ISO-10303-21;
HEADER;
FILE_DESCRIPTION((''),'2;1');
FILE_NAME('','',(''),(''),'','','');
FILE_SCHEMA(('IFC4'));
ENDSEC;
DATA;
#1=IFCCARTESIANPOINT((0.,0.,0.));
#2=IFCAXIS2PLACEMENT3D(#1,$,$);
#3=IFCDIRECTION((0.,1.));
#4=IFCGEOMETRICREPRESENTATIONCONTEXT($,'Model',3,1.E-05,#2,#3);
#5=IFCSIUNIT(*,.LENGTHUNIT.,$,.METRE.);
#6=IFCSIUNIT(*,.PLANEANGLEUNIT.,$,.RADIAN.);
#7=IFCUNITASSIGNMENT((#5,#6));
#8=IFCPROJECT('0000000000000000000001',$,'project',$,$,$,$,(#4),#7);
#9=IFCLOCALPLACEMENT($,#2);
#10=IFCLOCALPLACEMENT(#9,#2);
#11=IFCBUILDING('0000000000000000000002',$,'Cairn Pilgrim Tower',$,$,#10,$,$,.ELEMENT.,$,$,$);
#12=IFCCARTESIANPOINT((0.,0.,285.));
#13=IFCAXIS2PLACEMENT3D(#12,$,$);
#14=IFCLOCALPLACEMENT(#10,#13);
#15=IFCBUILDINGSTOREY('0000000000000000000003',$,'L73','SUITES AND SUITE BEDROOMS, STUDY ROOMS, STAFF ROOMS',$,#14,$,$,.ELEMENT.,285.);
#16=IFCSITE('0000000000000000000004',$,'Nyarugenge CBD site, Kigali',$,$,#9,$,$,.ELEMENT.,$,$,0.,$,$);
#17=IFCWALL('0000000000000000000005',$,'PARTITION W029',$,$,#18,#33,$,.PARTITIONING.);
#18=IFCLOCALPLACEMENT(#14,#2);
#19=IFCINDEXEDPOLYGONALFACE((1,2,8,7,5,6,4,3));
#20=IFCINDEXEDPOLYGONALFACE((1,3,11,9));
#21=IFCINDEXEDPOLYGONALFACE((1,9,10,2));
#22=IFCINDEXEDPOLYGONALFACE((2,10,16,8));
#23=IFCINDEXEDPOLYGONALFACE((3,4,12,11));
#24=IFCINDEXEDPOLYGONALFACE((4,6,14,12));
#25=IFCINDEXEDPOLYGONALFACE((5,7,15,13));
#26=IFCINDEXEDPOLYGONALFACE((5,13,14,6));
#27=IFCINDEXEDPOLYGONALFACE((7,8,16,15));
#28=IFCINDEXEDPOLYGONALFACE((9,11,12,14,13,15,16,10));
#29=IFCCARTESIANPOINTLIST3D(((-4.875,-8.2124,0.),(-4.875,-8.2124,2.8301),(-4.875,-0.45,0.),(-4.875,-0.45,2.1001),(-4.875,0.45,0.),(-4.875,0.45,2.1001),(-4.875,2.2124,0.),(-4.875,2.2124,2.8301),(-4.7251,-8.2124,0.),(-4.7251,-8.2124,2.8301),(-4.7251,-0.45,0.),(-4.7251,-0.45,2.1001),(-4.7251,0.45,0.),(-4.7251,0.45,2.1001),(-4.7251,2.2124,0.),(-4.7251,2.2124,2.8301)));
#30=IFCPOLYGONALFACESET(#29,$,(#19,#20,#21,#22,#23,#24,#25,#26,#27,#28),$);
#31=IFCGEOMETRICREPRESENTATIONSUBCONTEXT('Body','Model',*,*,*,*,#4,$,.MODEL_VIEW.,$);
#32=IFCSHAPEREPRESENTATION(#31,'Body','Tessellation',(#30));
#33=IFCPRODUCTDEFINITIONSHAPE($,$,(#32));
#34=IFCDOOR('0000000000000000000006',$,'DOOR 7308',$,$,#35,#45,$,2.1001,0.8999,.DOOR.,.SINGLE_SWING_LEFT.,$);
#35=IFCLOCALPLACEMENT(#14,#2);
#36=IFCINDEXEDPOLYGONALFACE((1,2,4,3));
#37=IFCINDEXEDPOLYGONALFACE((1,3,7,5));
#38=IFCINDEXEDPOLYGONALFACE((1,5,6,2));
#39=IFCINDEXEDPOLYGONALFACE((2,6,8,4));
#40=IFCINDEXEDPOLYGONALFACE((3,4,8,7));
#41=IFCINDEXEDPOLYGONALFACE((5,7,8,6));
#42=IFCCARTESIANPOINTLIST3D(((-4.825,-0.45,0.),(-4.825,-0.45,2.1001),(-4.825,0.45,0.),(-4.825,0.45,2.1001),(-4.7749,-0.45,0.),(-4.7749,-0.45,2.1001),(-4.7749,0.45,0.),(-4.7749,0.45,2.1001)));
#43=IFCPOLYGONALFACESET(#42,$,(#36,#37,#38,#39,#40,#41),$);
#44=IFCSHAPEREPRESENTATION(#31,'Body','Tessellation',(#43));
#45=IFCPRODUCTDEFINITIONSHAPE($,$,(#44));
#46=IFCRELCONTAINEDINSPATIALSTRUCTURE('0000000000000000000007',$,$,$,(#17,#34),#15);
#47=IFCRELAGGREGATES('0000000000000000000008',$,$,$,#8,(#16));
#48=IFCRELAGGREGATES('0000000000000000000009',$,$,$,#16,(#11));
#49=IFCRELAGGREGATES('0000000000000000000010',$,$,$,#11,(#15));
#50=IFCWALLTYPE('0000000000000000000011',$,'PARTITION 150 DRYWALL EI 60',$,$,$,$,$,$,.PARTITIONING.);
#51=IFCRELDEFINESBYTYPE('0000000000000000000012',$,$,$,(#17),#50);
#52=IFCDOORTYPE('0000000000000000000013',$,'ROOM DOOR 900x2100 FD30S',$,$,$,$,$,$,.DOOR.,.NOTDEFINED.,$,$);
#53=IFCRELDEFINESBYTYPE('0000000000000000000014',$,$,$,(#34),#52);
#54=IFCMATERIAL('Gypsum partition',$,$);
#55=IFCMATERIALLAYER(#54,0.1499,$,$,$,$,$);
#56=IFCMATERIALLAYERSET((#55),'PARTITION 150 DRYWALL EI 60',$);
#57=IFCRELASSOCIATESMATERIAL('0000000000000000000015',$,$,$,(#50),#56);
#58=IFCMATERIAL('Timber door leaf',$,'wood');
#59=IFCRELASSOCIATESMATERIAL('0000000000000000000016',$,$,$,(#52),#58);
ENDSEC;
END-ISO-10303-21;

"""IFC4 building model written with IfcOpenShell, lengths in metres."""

from ifc_helpers import new_model, si_unit, direction, frame, frame_2d, origin, place, context, subcontext, project, spatial, rectangle, extrude, material, layer, layer_set, type_object, element, fill, save


model = new_model("IFC4")

# Units and contexts
model_context = context("Model", 3, precision=1e-05, world=origin(), true_north=direction((0.0, 1.0)))
body_context = subcontext(model_context, "Body", "Model", "MODEL_VIEW")
ifc_project = project(units=[si_unit("LENGTHUNIT", "METRE"), si_unit("PLANEANGLEUNIT", "RADIAN")], contexts=[model_context])

# Site, building, storey
site_placement = place(None, origin())
site = spatial("IfcSite", under=ifc_project, at=site_placement, Name="Nyarugenge CBD site, Kigali", CompositionType="ELEMENT", RefElevation=0.0)
building_placement = place(site_placement, origin())
building = spatial("IfcBuilding", under=site, at=building_placement, Name="Cairn Pilgrim Tower", CompositionType="ELEMENT")
storey_placement = place(building_placement, frame((0.0, 0.0, 285.0)))
storey = spatial("IfcBuildingStorey", under=building, at=storey_placement, Name="L73", Description="SUITES AND SUITE BEDROOMS, STUDY ROOMS, STAFF ROOMS", CompositionType="ELEMENT", Elevation=285.0)

# Shared definitions
ifc_material_1 = material(Name="Gypsum partition")
ifc_layer_1 = layer(ifc_material_1, 0.1499)
ifc_layer_set_1 = layer_set([ifc_layer_1], Name="PARTITION 150 DRYWALL EI 60")
wall_type_1 = type_object("IfcWallType", Name="PARTITION 150 DRYWALL EI 60", PredefinedType="PARTITIONING", material=ifc_layer_set_1)

# Wall, opening, door
wall_1_placement = place(storey_placement, frame((-4.8, -8.2124, 0.0), z_axis=(0.0, 0.0, 1.0), x_axis=(0.0, 1.0, 0.0)))
wall_1 = element("IfcWall", 1, at=wall_1_placement, inside=storey, type_object=wall_type_1, Name="PARTITION W029", PredefinedType="PARTITIONING", context=body_context, shape_type="SweptSolid", body=[
    extrude(rectangle(XDim=10.4248, YDim=0.1499, at=frame_2d((5.2124, 0.0))), origin(), (0.0, 0.0, 1.0), 2.8301),
])
opening_1_placement = place(wall_1_placement, frame((7.7625, 0.0, 0.0)))
opening_1 = element("IfcOpeningElement", 2, at=opening_1_placement, cuts=wall_1, PredefinedType="OPENING", context=body_context, shape_type="SweptSolid", body=[
    extrude(rectangle(XDim=0.8999, YDim=2.1001, at=frame_2d((0.45, 1.05))), frame((0.0, 0.085, 0.0), z_axis=(0.0, -1.0, 0.0), x_axis=(1.0, 0.0, 0.0)), (0.0, 0.0, 1.0), 0.1699),
])
ifc_material_2 = material(Name="Timber door leaf", Category="wood")
door_type_1 = type_object("IfcDoorType", Name="ROOM DOOR 900x2100 FD30S", OperationType="NOTDEFINED", PredefinedType="DOOR", material=ifc_material_2)
door_1_placement = place(opening_1_placement, origin())
door_1 = element("IfcDoor", 3, at=door_1_placement, inside=storey, type_object=door_type_1, Name="DOOR 7308", OperationType="SINGLE_SWING_LEFT", OverallHeight=2.1001, OverallWidth=0.8999, PredefinedType="DOOR", context=body_context, shape_type="SweptSolid", body=[
    extrude(rectangle(XDim=0.8999, YDim=2.1001, at=frame_2d((0.45, 1.05))), frame((0.0, 0.0249, 0.0), z_axis=(0.0, -1.0, 0.0), x_axis=(1.0, 0.0, 0.0)), (0.0, 0.0, 1.0), 0.05),
])
fill(opening_1, door_1)

save(model, "model.ifc")
